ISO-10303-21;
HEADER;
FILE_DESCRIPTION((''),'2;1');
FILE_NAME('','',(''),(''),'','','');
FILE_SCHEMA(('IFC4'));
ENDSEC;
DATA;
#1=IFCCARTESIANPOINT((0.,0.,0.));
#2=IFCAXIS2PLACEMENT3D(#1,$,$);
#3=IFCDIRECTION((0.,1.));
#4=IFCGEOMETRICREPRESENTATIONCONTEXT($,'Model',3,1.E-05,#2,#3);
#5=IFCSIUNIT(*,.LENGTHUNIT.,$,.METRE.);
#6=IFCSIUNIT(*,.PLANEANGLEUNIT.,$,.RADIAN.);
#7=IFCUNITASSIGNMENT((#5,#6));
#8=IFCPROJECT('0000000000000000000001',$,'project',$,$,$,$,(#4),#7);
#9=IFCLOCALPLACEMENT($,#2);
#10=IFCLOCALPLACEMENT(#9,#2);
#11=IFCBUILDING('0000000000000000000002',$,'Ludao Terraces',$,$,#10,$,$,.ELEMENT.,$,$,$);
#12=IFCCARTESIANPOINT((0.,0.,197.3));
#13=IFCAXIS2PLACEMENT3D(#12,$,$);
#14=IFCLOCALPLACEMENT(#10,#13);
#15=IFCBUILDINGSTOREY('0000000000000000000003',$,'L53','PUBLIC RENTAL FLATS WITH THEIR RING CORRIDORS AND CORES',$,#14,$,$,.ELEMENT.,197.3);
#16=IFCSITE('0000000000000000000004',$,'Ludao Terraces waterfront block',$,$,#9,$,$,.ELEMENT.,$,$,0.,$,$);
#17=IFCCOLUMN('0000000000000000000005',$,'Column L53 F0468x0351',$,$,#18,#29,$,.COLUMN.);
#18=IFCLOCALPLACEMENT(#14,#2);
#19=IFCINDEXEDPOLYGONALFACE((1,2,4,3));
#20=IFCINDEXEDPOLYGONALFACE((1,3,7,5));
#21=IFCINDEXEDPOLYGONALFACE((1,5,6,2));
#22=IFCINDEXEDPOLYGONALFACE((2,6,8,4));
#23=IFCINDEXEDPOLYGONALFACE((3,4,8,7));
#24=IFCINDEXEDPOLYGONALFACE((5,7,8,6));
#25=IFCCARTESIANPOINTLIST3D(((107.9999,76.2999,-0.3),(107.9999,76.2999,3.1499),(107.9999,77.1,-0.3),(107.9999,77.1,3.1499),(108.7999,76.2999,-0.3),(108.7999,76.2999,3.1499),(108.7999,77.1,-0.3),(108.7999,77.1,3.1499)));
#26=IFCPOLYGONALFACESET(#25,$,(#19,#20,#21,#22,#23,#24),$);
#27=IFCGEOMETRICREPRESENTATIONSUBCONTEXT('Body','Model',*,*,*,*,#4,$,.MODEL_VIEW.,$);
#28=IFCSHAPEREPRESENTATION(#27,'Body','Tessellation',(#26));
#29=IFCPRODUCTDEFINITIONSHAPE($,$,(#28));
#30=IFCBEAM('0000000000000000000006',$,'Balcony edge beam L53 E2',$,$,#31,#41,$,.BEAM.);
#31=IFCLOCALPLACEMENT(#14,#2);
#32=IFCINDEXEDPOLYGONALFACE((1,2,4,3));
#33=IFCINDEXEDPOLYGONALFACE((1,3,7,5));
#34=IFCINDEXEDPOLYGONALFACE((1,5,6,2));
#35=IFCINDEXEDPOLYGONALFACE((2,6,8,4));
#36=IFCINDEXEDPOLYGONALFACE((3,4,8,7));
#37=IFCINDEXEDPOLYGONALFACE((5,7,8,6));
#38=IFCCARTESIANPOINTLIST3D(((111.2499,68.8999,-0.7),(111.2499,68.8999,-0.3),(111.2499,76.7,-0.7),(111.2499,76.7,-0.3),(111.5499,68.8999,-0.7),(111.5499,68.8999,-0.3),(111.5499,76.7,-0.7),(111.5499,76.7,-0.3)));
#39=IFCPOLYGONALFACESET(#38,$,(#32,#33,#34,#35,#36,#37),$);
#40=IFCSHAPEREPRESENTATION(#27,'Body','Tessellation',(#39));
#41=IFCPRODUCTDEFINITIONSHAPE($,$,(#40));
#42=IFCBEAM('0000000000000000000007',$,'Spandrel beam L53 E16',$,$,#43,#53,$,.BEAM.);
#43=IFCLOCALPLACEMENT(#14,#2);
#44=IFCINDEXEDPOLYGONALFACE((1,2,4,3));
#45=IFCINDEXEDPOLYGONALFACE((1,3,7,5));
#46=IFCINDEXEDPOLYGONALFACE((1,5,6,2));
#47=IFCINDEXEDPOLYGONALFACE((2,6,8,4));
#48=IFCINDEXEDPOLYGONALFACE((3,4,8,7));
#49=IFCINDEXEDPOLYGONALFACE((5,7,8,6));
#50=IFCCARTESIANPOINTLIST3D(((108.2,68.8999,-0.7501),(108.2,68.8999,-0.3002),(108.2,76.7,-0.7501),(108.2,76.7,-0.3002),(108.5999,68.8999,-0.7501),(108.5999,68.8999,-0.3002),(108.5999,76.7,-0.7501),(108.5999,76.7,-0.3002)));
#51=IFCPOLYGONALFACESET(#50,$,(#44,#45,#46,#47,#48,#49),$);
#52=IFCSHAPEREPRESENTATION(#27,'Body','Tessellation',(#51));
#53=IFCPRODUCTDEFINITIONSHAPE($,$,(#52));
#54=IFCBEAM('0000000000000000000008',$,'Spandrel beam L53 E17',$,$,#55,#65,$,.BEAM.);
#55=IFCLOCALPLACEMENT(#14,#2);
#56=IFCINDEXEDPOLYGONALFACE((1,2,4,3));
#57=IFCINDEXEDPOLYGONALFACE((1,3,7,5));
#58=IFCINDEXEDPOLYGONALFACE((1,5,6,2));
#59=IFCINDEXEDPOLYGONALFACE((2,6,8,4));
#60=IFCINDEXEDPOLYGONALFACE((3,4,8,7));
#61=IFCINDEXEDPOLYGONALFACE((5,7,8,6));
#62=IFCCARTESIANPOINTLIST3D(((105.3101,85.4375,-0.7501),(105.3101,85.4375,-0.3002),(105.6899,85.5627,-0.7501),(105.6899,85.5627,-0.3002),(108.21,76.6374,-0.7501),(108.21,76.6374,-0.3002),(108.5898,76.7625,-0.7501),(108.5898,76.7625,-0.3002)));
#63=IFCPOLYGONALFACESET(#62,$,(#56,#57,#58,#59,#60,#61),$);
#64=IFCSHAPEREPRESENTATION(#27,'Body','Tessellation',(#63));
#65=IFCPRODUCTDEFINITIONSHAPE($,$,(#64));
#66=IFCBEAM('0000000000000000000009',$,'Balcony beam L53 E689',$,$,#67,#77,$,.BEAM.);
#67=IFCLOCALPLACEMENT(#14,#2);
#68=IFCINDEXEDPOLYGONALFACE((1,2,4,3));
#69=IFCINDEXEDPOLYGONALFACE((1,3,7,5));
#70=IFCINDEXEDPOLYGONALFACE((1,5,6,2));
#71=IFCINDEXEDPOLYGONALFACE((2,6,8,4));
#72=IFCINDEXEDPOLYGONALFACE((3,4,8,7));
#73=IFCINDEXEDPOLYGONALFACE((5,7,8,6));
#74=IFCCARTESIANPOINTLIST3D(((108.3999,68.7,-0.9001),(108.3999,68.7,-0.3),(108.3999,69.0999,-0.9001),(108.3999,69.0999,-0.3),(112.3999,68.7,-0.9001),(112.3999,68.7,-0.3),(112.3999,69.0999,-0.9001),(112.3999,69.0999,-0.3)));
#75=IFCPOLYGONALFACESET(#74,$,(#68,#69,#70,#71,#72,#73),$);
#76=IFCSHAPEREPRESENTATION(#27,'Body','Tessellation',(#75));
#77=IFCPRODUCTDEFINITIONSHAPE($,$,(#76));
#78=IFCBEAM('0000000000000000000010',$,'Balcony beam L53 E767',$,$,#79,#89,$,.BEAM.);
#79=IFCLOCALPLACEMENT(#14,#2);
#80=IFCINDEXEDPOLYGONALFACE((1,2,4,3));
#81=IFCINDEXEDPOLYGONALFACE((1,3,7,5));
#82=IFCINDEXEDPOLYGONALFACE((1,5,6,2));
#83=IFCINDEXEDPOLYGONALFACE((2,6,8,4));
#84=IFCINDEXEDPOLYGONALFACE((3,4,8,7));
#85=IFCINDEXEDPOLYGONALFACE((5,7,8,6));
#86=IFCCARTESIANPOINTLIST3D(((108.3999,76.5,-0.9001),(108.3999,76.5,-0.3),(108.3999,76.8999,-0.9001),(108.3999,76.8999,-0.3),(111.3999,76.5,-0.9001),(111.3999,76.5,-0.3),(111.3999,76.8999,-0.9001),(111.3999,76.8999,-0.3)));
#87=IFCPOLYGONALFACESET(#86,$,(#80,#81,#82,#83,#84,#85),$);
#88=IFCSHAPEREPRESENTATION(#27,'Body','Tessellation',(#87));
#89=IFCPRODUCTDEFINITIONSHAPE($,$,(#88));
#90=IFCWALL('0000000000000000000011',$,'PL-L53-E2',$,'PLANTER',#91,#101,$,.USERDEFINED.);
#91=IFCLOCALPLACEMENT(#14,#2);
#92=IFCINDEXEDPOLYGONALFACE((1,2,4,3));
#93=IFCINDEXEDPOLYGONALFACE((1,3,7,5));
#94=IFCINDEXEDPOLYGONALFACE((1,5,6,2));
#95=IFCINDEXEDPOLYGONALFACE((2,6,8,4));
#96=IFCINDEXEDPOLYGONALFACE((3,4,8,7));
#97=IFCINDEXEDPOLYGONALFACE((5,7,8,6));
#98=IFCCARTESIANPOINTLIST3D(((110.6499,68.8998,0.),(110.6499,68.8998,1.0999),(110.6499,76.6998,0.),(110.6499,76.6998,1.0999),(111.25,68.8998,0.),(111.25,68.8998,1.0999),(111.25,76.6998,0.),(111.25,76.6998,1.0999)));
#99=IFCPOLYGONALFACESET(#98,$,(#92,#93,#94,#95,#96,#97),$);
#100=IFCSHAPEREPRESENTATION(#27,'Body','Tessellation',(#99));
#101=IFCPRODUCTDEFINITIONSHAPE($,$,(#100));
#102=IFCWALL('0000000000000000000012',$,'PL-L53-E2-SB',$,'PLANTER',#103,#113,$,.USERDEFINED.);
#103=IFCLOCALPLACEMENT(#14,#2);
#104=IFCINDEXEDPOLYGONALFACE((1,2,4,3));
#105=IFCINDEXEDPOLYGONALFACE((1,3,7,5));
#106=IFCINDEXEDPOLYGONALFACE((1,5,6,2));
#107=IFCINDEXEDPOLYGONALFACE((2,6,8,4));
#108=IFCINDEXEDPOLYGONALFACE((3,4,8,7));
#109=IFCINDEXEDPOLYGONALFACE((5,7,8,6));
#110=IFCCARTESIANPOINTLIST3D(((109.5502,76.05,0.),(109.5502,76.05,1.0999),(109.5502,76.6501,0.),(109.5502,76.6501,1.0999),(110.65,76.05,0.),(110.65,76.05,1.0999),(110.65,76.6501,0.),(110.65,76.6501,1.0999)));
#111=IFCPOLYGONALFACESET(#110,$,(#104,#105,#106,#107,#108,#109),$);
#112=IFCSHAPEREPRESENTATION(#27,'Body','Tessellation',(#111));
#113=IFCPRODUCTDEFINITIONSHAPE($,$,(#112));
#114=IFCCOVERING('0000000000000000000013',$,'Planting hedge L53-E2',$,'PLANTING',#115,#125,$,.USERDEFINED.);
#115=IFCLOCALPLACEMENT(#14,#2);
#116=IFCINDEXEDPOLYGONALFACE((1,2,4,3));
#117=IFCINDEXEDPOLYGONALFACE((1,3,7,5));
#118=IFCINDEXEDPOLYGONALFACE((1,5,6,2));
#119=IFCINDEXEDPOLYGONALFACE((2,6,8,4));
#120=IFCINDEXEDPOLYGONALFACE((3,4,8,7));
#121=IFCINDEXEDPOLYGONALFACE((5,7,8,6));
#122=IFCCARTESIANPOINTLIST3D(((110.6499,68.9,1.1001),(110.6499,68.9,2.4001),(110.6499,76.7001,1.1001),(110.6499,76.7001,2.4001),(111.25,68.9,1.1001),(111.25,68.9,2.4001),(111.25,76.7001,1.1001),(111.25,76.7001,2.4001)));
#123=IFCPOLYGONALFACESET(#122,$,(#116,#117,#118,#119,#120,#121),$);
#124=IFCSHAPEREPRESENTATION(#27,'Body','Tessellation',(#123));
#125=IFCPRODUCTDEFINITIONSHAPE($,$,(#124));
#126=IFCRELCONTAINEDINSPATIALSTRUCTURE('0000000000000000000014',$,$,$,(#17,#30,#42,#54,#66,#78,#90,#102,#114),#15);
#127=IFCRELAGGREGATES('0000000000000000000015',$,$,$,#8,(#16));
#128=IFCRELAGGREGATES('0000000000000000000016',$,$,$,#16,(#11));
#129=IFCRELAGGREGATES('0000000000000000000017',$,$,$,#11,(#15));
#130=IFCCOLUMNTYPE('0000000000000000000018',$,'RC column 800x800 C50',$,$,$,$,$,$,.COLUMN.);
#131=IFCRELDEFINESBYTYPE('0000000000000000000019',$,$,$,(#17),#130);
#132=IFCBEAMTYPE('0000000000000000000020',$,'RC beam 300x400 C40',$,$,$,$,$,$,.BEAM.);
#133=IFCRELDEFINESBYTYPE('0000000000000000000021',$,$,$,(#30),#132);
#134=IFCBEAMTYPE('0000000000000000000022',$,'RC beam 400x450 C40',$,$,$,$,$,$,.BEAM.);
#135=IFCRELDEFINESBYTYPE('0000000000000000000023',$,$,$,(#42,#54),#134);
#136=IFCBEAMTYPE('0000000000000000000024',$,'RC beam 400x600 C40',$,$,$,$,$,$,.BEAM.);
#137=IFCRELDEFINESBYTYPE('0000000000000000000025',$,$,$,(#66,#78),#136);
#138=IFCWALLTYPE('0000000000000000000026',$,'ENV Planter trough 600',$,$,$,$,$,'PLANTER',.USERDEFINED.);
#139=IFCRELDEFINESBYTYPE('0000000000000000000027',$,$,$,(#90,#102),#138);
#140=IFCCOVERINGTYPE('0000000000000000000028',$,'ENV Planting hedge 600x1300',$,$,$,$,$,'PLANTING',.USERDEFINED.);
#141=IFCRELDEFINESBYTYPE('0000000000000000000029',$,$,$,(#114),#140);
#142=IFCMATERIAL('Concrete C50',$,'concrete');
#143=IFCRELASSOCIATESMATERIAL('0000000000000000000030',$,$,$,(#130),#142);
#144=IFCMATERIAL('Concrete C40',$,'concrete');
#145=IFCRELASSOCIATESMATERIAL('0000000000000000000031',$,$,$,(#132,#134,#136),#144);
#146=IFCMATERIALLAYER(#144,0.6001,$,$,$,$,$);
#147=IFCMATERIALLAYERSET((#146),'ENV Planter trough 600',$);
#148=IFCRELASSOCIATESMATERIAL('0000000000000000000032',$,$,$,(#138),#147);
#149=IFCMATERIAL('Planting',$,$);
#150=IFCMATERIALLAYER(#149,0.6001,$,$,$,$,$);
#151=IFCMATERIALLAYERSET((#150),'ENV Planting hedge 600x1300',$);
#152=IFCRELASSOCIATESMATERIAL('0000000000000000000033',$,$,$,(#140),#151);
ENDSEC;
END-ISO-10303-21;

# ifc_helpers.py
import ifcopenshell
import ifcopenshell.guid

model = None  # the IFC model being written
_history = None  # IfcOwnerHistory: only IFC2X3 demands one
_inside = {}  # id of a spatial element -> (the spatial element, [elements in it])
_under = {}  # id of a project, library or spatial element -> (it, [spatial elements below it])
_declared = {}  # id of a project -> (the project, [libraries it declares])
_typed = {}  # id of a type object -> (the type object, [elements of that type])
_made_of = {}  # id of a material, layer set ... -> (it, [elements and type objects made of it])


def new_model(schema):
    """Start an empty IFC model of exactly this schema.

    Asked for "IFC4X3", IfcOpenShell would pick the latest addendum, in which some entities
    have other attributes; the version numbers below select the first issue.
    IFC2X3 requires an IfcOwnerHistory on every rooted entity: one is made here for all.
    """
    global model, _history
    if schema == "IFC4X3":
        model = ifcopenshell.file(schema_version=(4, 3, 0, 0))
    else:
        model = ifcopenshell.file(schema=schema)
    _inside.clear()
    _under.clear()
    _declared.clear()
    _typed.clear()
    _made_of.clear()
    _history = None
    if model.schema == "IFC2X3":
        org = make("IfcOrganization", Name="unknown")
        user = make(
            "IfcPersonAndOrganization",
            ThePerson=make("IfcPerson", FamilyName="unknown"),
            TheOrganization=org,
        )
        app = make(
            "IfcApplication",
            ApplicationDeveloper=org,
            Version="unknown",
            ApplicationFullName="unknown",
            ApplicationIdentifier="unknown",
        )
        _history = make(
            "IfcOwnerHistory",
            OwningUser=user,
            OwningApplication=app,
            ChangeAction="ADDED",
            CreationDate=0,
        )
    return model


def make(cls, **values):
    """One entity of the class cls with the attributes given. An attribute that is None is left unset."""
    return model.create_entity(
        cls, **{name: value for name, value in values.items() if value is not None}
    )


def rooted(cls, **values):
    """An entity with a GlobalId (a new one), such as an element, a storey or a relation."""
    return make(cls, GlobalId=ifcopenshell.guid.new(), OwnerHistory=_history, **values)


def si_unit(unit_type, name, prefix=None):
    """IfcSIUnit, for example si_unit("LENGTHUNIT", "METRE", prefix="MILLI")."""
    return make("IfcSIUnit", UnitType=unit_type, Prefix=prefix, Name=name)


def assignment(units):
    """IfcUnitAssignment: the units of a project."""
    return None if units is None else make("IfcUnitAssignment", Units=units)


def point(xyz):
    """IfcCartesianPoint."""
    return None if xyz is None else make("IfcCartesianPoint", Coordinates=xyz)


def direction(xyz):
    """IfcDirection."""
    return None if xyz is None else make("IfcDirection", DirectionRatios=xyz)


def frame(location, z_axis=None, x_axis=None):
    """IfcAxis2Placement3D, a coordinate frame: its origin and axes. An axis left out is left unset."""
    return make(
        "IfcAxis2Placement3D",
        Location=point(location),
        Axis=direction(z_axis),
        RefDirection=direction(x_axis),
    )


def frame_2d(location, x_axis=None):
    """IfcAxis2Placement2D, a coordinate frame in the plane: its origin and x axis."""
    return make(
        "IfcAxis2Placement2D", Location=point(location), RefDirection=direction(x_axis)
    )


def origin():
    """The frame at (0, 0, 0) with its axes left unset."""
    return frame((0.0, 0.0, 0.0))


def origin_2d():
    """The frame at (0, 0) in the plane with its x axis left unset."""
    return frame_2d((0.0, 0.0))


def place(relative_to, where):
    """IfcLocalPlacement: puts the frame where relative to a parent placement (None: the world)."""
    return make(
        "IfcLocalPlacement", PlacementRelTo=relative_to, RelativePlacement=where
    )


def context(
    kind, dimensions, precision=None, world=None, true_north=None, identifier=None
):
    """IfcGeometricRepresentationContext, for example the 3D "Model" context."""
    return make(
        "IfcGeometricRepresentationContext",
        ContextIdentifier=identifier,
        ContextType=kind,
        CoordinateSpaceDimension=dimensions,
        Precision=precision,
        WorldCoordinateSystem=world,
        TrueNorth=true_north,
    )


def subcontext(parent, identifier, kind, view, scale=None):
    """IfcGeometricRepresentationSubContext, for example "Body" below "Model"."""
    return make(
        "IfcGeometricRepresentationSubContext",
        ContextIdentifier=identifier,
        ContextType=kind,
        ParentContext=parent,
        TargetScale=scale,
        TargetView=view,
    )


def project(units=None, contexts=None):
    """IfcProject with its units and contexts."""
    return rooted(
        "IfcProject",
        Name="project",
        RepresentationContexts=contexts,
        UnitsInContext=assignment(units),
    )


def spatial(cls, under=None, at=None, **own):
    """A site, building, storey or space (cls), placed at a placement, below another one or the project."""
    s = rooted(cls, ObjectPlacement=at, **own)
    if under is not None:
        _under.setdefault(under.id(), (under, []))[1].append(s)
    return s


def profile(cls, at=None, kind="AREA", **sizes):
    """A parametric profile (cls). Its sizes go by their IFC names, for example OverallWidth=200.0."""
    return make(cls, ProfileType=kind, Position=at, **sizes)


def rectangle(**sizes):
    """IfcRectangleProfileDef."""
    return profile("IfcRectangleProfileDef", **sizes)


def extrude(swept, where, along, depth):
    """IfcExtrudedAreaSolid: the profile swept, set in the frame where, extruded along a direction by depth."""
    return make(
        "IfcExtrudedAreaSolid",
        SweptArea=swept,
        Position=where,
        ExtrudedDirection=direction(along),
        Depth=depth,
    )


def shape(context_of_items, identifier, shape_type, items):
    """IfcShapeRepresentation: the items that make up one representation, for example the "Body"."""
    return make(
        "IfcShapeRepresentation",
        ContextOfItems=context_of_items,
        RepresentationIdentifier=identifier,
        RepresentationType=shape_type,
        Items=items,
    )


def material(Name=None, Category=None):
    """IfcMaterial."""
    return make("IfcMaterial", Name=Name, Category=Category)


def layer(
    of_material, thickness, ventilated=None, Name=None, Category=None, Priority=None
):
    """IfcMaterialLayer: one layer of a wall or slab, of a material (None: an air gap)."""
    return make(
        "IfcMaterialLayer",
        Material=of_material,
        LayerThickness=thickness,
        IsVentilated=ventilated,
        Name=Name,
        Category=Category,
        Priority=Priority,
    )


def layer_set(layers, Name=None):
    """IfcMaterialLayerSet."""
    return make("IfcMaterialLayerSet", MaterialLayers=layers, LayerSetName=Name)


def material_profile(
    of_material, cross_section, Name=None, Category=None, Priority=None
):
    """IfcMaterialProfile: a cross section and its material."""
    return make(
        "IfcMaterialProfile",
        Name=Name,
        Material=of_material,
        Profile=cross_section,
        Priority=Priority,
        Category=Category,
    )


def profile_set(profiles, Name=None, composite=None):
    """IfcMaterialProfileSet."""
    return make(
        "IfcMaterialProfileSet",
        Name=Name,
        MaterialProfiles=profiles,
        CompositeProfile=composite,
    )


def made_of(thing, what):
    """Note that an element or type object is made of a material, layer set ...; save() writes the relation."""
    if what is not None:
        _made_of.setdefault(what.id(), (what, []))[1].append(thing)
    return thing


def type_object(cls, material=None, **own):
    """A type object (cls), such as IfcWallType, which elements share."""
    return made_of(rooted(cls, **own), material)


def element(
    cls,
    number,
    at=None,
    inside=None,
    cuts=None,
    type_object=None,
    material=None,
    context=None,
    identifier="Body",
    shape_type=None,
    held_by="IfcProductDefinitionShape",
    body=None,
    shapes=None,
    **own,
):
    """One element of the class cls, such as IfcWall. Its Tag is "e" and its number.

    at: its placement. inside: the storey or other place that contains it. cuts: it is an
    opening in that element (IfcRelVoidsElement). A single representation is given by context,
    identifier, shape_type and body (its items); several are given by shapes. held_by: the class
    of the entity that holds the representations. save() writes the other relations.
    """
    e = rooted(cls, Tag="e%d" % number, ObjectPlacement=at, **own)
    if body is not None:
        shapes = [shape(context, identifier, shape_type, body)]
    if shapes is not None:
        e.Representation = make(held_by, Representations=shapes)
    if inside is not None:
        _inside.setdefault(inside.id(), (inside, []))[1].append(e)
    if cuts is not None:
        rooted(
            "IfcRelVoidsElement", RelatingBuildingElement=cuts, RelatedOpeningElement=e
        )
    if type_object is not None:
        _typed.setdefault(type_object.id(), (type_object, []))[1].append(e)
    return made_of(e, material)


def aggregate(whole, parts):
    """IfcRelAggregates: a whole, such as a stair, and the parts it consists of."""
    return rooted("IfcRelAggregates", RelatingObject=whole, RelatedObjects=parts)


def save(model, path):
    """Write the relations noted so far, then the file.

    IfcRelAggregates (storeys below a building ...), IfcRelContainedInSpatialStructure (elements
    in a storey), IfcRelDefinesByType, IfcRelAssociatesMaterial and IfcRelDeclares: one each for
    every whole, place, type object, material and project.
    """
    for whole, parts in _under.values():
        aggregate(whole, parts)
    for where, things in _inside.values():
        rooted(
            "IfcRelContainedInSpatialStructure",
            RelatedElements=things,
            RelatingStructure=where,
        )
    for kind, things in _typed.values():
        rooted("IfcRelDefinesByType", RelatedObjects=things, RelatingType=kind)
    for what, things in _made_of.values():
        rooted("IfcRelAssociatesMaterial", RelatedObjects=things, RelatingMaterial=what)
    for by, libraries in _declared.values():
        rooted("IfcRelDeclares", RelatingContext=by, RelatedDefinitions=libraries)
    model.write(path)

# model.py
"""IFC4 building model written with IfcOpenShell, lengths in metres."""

from ifc_helpers import new_model, si_unit, direction, frame, frame_2d, origin, origin_2d, place, context, subcontext, project, spatial, rectangle, extrude, material, layer, layer_set, material_profile, profile_set, type_object, element, save


model = new_model("IFC4")

# Units and contexts
model_context = context("Model", 3, precision=1e-05, world=origin(), true_north=direction((0.0, 1.0)))
body_context = subcontext(model_context, "Body", "Model", "MODEL_VIEW")
ifc_project = project(units=[si_unit("LENGTHUNIT", "METRE"), si_unit("PLANEANGLEUNIT", "RADIAN")], contexts=[model_context])

# Site, building, storey
site_placement = place(None, origin())
site = spatial("IfcSite", under=ifc_project, at=site_placement, Name="Ludao Terraces waterfront block", CompositionType="ELEMENT", RefElevation=0.0)
building_placement = place(site_placement, origin())
building = spatial("IfcBuilding", under=site, at=building_placement, Name="Ludao Terraces", CompositionType="ELEMENT")
storey_placement = place(building_placement, frame((0.0, 0.0, 197.3)))
storey = spatial("IfcBuildingStorey", under=building, at=storey_placement, Name="L53", Description="PUBLIC RENTAL FLATS WITH THEIR RING CORRIDORS AND CORES", CompositionType="ELEMENT", Elevation=197.3)

# Column
ifc_material_1 = material(Name="Concrete C50", Category="concrete")
ifc_material_profile_1 = material_profile(ifc_material_1, rectangle(XDim=0.8, YDim=0.8, at=origin_2d()), Name="800 X 800")
ifc_profile_set_1 = profile_set([ifc_material_profile_1], Name="Concrete C50")
column_type = type_object("IfcColumnType", Name="RC column 800x800 C50", PredefinedType="COLUMN", material=ifc_profile_set_1)
column_placement = place(storey_placement, frame((108.3999, 76.7, -0.3), z_axis=(0.0, 0.0, 1.0), x_axis=(1.0, 0.0, 0.0)))
element("IfcColumn", 1, at=column_placement, inside=storey, type_object=column_type, Name="Column L53 F0468x0351", PredefinedType="COLUMN", context=body_context, shape_type="SweptSolid", body=[
    extrude(rectangle(XDim=0.8, YDim=0.8, at=origin_2d()), origin(), (0.0, 0.0, 1.0), 3.45),
])

# Beams
ifc_material_2 = material(Name="Concrete C40", Category="concrete")
ifc_material_profile_2 = material_profile(ifc_material_2, rectangle(XDim=0.3, YDim=0.3999, at=origin_2d()), Name="300 X 400")
ifc_profile_set_2 = profile_set([ifc_material_profile_2], Name="Concrete C40")
beam_type_1 = type_object("IfcBeamType", Name="RC beam 300x400 C40", PredefinedType="BEAM", material=ifc_profile_set_2)
beam_1_placement = place(storey_placement, frame((111.3999, 68.8999, -0.5), z_axis=(0.0, 1.0, 0.0), x_axis=(-1.0, 0.0, 0.0)))
element("IfcBeam", 2, at=beam_1_placement, inside=storey, type_object=beam_type_1, Name="Balcony edge beam L53 E2", PredefinedType="BEAM", context=body_context, shape_type="SweptSolid", body=[
    extrude(rectangle(XDim=0.3, YDim=0.3999, at=origin_2d()), origin(), (0.0, 0.0, 1.0), 7.8),
])
ifc_material_profile_3 = material_profile(ifc_material_2, rectangle(XDim=0.3999, YDim=0.45, at=origin_2d()), Name="400 X 450")
ifc_profile_set_3 = profile_set([ifc_material_profile_3], Name="Concrete C40")
beam_type_2 = type_object("IfcBeamType", Name="RC beam 400x450 C40", PredefinedType="BEAM", material=ifc_profile_set_3)
beam_2_placement = place(storey_placement, frame((108.3999, 68.8999, -0.5251), z_axis=(0.0, 1.0, 0.0), x_axis=(-1.0, 0.0, 0.0)))
element("IfcBeam", 3, at=beam_2_placement, inside=storey, type_object=beam_type_2, Name="Spandrel beam L53 E16", PredefinedType="BEAM", context=body_context, shape_type="SweptSolid", body=[
    extrude(rectangle(XDim=0.3999, YDim=0.45, at=origin_2d()), origin(), (0.0, 0.0, 1.0), 7.8),
])
beam_3_placement = place(storey_placement, frame((108.3999, 76.7, -0.5251), z_axis=(-0.312977, 0.949761, 0.0), x_axis=(-0.949761, -0.312977, 0.0)))
element("IfcBeam", 4, at=beam_3_placement, inside=storey, type_object=beam_type_2, Name="Spandrel beam L53 E17", PredefinedType="BEAM", context=body_context, shape_type="SweptSolid", body=[
    extrude(rectangle(XDim=0.3999, YDim=0.45, at=origin_2d()), origin(), (0.0, 0.0, 1.0), 9.2656),
])
ifc_material_profile_4 = material_profile(ifc_material_2, rectangle(XDim=0.3999, YDim=0.6001, at=origin_2d()), Name="400 X 600")
ifc_profile_set_4 = profile_set([ifc_material_profile_4], Name="Concrete C40")
beam_type_3 = type_object("IfcBeamType", Name="RC beam 400x600 C40", PredefinedType="BEAM", material=ifc_profile_set_4)
beam_4_placement = place(storey_placement, frame((108.3999, 68.8999, -0.6001), z_axis=(1.0, 0.0, 0.0), x_axis=(0.0, 1.0, 0.0)))
element("IfcBeam", 5, at=beam_4_placement, inside=storey, type_object=beam_type_3, Name="Balcony beam L53 E689", PredefinedType="BEAM", context=body_context, shape_type="SweptSolid", body=[
    extrude(rectangle(XDim=0.3999, YDim=0.6001, at=origin_2d()), origin(), (0.0, 0.0, 1.0), 4.0),
])
beam_5_placement = place(storey_placement, frame((108.3999, 76.7, -0.6001), z_axis=(1.0, 0.0, 0.0), x_axis=(0.0, 1.0, 0.0)))
element("IfcBeam", 6, at=beam_5_placement, inside=storey, type_object=beam_type_3, Name="Balcony beam L53 E767", PredefinedType="BEAM", context=body_context, shape_type="SweptSolid", body=[
    extrude(rectangle(XDim=0.3999, YDim=0.6001, at=origin_2d()), origin(), (0.0, 0.0, 1.0), 3.0),
])

# Walls
ifc_layer_1 = layer(ifc_material_2, 0.6001)
ifc_layer_set_1 = layer_set([ifc_layer_1], Name="ENV Planter trough 600")
wall_type = type_object("IfcWallType", Name="ENV Planter trough 600", ElementType="PLANTER", PredefinedType="USERDEFINED", material=ifc_layer_set_1)
wall_1_placement = place(storey_placement, frame((110.95, 68.8999, 0.0), z_axis=(0.0, 0.0, 1.0), x_axis=(0.0, 1.0, 0.0)))
element("IfcWall", 7, at=wall_1_placement, inside=storey, type_object=wall_type, Name="PL-L53-E2", ObjectType="PLANTER", PredefinedType="USERDEFINED", context=body_context, shape_type="SweptSolid", body=[
    extrude(rectangle(XDim=7.8, YDim=0.6001, at=frame_2d((3.8999, 0.0))), origin(), (0.0, 0.0, 1.0), 1.0999),
])
wall_2_placement = place(storey_placement, frame((110.6499, 76.3501, 0.0), z_axis=(0.0, 0.0, 1.0), x_axis=(-1.0, 0.0, 0.0)))
element("IfcWall", 8, at=wall_2_placement, inside=storey, type_object=wall_type, Name="PL-L53-E2-SB", ObjectType="PLANTER", PredefinedType="USERDEFINED", context=body_context, shape_type="SweptSolid", body=[
    extrude(rectangle(XDim=1.0999, YDim=0.6001, at=frame_2d((0.5498, 0.0))), origin(), (0.0, 0.0, 1.0), 1.0999),
])

# Covering
ifc_material_3 = material(Name="Planting")
ifc_layer_2 = layer(ifc_material_3, 0.6001)
ifc_layer_set_2 = layer_set([ifc_layer_2], Name="ENV Planting hedge 600x1300")
covering_type = type_object("IfcCoveringType", Name="ENV Planting hedge 600x1300", ElementType="PLANTING", PredefinedType="USERDEFINED", material=ifc_layer_set_2)
covering_placement = place(storey_placement, frame((110.95, 72.8, 1.1001), z_axis=(0.0, 0.0, 1.0), x_axis=(1.0, 0.0, 0.0)))
element("IfcCovering", 9, at=covering_placement, inside=storey, type_object=covering_type, Name="Planting hedge L53-E2", ObjectType="PLANTING", PredefinedType="USERDEFINED", context=body_context, shape_type="SweptSolid", body=[
    extrude(rectangle(XDim=0.6001, YDim=7.8, at=origin_2d()), origin(), (0.0, 0.0, 1.0), 1.3),
])

save(model, "model.ifc")
